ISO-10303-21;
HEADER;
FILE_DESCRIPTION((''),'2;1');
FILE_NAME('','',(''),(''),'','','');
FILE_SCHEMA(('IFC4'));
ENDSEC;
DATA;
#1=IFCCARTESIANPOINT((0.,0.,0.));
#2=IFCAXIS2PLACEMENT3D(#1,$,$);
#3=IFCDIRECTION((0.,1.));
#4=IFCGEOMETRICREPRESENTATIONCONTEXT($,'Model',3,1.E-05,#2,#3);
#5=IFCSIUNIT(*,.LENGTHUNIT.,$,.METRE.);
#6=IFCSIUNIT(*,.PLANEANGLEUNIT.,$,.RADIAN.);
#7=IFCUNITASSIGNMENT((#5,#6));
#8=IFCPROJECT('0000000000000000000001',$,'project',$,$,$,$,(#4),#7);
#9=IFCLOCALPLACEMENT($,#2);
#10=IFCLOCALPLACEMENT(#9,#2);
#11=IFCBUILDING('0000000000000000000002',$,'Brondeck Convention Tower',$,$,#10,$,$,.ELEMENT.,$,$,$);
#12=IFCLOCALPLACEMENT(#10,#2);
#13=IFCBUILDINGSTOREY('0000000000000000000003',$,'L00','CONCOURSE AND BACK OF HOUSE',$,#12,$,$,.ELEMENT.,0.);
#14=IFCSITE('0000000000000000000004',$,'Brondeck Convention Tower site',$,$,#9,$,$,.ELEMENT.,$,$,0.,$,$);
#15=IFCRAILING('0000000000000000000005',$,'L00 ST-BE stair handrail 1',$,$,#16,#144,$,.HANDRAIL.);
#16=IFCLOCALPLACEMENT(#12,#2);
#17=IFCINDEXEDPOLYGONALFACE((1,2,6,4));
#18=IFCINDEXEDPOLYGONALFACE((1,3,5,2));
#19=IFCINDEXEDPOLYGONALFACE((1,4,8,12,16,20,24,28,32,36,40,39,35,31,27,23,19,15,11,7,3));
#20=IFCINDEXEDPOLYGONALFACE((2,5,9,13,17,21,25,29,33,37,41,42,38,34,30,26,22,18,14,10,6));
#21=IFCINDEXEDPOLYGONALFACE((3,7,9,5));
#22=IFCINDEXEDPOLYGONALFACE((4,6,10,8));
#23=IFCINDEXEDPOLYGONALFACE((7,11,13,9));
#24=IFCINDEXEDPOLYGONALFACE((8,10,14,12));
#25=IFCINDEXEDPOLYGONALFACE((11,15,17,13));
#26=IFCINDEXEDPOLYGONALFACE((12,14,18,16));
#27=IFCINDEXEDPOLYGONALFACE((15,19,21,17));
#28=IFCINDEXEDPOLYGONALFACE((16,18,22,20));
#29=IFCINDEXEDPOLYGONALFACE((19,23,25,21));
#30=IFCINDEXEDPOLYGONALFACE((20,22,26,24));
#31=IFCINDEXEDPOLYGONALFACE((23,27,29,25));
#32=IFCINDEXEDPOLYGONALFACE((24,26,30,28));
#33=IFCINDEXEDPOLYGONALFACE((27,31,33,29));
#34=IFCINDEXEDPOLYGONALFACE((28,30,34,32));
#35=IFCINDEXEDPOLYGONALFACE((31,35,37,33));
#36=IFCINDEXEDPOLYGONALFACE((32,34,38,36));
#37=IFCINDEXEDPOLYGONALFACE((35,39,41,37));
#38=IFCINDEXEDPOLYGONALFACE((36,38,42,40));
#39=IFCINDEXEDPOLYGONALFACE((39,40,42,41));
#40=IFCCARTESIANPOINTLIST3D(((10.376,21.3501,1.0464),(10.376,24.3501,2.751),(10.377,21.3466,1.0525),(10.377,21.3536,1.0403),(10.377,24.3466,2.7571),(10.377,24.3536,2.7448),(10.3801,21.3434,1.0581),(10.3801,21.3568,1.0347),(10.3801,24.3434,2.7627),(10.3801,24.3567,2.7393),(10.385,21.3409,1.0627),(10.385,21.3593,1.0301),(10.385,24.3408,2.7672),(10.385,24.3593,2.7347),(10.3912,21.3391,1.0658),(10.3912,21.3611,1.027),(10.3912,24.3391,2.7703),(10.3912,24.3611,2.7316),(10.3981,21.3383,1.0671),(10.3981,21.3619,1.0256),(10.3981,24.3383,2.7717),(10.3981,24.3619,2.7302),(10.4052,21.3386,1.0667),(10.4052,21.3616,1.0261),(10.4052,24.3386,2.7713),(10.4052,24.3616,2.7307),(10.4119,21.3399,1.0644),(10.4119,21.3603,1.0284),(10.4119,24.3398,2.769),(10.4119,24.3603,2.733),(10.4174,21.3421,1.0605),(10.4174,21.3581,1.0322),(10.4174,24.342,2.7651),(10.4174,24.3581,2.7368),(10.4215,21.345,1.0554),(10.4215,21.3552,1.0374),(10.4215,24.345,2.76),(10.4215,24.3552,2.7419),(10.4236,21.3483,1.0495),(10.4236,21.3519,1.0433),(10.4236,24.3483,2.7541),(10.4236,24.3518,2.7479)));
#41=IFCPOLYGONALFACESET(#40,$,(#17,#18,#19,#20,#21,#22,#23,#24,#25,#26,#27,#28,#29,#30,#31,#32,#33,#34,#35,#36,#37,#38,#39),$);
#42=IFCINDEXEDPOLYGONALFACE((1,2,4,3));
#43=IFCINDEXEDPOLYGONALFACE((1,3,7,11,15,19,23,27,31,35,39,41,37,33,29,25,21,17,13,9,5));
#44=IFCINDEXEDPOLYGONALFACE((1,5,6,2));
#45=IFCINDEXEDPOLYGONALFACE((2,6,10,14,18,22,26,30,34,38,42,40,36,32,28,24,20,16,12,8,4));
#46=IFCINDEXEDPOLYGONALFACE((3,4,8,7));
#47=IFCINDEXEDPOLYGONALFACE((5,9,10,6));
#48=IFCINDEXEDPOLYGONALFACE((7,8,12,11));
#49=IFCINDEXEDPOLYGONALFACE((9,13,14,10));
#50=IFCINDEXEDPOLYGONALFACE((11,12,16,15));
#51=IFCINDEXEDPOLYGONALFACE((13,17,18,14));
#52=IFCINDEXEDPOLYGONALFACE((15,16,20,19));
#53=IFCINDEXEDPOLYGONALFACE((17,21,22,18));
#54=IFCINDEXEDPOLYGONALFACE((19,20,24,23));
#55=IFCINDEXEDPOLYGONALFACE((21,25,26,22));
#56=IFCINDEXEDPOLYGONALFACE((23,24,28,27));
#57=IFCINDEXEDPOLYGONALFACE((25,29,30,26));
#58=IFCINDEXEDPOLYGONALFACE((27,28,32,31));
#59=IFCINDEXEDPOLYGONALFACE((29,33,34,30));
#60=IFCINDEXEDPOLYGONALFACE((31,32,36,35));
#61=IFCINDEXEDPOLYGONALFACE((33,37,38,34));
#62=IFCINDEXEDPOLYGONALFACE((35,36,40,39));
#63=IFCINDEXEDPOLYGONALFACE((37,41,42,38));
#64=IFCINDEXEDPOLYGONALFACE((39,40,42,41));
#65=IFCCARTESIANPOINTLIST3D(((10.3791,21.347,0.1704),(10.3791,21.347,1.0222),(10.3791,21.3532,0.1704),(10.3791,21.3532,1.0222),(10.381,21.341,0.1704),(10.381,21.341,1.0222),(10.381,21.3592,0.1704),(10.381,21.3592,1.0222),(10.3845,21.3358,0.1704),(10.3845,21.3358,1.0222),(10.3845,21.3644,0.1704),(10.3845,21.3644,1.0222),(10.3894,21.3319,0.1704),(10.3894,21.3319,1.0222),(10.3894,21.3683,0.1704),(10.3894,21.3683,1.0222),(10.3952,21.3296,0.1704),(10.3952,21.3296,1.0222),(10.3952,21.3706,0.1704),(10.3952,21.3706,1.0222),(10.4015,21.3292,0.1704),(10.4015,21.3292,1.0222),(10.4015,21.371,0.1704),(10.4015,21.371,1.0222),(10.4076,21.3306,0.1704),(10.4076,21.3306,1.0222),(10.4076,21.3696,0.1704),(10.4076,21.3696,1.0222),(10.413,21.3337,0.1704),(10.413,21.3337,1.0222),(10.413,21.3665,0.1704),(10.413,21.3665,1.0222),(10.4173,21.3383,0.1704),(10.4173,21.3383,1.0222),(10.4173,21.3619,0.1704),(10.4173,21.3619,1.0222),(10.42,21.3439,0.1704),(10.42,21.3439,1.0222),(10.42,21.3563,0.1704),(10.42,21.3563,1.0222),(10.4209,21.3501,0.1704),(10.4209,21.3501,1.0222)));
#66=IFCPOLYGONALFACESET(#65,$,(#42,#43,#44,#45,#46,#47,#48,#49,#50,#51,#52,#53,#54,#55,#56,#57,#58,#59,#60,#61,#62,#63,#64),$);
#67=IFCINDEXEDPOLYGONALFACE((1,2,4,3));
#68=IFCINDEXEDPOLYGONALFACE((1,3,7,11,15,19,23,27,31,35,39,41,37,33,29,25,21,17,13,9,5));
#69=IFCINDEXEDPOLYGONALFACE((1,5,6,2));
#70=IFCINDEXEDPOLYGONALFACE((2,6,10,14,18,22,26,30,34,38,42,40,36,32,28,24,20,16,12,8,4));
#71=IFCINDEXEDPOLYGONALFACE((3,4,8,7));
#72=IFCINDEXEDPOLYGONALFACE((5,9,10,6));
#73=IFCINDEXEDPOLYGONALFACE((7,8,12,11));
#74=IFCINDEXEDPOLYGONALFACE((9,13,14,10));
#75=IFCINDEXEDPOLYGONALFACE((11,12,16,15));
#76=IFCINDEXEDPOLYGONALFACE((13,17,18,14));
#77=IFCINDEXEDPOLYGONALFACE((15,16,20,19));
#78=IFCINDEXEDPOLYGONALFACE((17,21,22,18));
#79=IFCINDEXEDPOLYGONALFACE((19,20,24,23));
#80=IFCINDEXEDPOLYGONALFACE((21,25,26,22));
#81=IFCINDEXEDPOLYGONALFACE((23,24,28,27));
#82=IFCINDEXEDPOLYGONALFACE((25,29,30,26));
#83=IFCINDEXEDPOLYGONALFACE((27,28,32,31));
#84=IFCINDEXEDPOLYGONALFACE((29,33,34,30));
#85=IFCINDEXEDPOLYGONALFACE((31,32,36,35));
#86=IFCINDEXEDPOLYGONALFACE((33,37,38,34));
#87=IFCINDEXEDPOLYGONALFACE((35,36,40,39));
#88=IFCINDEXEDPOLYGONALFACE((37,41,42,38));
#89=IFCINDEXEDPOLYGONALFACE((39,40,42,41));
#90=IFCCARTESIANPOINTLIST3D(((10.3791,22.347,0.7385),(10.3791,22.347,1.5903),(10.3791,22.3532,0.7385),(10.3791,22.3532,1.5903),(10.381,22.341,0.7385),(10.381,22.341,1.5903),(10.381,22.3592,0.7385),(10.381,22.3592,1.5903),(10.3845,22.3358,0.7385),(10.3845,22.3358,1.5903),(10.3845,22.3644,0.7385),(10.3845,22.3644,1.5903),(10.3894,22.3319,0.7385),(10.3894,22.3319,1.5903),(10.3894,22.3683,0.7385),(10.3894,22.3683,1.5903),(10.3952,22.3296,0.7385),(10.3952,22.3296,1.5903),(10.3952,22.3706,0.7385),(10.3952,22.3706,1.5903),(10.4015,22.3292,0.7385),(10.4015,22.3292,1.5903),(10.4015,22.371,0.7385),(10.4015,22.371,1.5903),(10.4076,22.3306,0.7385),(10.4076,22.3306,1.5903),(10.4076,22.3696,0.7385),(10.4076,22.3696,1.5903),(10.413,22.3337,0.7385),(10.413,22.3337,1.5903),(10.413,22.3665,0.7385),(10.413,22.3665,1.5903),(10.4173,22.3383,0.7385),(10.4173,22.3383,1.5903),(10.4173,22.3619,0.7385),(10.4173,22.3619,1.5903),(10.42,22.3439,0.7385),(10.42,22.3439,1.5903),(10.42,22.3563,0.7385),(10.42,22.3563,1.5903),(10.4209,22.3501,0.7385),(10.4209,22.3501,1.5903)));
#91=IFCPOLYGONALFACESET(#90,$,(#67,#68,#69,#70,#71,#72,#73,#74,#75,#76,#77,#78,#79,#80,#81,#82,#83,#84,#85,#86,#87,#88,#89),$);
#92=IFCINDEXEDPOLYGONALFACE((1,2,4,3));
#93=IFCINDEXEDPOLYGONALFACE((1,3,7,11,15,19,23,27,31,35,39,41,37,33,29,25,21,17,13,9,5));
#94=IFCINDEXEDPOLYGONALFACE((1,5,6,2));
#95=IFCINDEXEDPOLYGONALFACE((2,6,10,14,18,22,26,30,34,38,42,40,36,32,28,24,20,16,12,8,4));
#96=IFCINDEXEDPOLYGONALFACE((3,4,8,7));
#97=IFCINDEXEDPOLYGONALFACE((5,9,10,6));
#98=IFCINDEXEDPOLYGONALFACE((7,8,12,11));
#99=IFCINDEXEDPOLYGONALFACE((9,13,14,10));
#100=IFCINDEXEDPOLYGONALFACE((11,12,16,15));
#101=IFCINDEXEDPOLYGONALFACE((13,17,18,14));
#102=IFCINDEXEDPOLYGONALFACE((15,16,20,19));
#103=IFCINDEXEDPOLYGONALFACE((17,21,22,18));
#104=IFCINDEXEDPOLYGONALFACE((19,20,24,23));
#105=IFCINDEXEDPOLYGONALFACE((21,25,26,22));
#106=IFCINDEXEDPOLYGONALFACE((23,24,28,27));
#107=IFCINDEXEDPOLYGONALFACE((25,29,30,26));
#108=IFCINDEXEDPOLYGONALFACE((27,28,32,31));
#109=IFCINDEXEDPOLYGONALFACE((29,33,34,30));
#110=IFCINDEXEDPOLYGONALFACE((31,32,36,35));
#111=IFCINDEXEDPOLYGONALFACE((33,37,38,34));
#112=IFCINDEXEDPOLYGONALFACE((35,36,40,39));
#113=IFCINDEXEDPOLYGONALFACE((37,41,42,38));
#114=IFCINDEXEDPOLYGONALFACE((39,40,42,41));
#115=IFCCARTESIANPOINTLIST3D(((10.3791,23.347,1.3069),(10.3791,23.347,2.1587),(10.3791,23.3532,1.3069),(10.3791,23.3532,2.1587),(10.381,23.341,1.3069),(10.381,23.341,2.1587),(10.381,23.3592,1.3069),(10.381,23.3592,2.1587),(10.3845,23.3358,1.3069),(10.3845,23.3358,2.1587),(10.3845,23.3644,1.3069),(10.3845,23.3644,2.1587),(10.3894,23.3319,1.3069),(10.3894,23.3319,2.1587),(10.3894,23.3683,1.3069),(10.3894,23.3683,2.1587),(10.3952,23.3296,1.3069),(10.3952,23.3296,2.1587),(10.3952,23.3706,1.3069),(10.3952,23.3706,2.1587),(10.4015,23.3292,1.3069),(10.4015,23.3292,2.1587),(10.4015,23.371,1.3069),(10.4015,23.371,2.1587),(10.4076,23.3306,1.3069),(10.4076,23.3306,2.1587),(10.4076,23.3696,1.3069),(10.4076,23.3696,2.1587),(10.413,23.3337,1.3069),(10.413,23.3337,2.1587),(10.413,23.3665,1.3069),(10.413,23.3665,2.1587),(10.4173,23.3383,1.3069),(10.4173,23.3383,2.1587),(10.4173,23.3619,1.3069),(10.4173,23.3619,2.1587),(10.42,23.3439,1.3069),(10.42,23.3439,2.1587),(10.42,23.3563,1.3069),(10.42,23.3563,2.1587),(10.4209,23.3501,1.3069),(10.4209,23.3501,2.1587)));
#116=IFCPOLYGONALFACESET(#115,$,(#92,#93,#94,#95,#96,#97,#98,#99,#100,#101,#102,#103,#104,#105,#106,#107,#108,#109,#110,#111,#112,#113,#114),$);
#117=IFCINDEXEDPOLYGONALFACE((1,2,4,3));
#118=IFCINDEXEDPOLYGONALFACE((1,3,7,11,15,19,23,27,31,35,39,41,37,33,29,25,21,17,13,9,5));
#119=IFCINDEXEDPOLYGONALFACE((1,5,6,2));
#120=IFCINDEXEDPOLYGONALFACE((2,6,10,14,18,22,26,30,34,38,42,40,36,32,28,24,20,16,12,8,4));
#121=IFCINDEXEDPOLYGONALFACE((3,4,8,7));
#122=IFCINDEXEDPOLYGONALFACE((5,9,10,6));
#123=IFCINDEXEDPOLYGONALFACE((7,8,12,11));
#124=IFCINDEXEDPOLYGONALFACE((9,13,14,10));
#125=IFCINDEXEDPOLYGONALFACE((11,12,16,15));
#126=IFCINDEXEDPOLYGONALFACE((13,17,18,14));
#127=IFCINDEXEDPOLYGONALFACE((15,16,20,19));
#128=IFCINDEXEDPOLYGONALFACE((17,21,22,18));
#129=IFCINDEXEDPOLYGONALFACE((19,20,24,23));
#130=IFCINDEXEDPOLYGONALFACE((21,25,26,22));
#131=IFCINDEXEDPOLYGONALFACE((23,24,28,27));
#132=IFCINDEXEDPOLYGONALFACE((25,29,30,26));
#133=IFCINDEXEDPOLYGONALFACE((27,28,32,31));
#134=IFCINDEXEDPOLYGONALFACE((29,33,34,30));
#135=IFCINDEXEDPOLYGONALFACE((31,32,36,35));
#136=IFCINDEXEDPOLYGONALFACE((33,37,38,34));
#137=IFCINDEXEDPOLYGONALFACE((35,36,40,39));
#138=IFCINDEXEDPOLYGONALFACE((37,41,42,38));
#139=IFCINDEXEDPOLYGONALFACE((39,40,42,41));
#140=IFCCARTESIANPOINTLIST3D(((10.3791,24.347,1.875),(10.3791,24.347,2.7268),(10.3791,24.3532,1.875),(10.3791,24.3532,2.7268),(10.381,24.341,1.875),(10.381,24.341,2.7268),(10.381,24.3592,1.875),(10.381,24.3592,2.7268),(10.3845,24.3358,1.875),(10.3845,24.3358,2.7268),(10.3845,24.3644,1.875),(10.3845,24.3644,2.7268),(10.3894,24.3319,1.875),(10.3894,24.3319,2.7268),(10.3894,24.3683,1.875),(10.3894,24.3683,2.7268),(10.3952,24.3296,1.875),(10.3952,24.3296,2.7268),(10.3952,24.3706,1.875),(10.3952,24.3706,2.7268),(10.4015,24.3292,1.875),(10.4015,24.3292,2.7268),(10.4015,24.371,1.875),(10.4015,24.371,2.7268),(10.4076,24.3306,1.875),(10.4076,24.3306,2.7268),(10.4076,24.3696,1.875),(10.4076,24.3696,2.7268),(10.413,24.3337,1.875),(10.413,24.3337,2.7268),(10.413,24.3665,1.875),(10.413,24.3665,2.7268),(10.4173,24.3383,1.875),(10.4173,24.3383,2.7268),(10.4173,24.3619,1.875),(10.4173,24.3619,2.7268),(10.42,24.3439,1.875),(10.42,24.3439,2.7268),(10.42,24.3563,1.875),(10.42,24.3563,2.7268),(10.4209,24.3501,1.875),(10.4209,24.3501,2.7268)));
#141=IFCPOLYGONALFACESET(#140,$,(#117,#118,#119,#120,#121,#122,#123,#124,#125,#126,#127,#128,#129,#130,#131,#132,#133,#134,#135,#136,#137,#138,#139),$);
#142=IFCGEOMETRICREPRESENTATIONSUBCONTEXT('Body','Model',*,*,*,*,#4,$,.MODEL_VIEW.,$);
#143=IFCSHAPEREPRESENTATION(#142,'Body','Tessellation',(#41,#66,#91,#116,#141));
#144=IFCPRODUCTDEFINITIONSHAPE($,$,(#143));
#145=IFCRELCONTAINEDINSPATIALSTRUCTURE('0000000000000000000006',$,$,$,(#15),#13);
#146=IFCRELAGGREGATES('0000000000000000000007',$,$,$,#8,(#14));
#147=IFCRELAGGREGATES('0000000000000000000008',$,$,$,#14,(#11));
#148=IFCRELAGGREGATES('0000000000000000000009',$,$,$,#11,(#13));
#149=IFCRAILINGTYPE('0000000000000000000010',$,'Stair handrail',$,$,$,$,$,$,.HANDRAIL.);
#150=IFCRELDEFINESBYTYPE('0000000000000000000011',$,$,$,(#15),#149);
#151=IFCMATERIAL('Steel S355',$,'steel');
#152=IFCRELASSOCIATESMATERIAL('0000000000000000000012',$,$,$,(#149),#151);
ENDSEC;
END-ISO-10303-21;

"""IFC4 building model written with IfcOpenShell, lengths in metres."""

from ifc_helpers import new_model, si_unit, direction, frame, origin, origin_2d, place, context, subcontext, project, spatial, circle, extrude, material, type_object, element, save


model = new_model("IFC4")

# Units and contexts
model_context = context("Model", 3, precision=1e-05, world=origin(), true_north=direction((0.0, 1.0)))
body_context = subcontext(model_context, "Body", "Model", "MODEL_VIEW")
ifc_project = project(units=[si_unit("LENGTHUNIT", "METRE"), si_unit("PLANEANGLEUNIT", "RADIAN")], contexts=[model_context])

# Site, building, storey
site_placement = place(None, origin())
site = spatial("IfcSite", under=ifc_project, at=site_placement, Name="Brondeck Convention Tower site", CompositionType="ELEMENT", RefElevation=0.0)
building_placement = place(site_placement, origin())
building = spatial("IfcBuilding", under=site, at=building_placement, Name="Brondeck Convention Tower", CompositionType="ELEMENT")
storey_placement = place(building_placement, origin())
storey = spatial("IfcBuildingStorey", under=building, at=storey_placement, Name="L00", Description="CONCOURSE AND BACK OF HOUSE", CompositionType="ELEMENT", Elevation=0.0)

# Shared definitions
ifc_material_1 = material(Name="Steel S355", Category="steel")

# Railing
railing_type_1 = type_object("IfcRailingType", Name="Stair handrail", PredefinedType="HANDRAIL", material=ifc_material_1)
for number, where, name in (
    (1, (10.3999, 21.3501, 0.1704), "L00 ST-BE stair handrail 1"),
):
    element("IfcRailing", number, at=place(storey_placement, frame(where)), inside=storey, type_object=railing_type_1, Name=name, PredefinedType="HANDRAIL", context=body_context, shape_type="SweptSolid", body=[
        extrude(circle(Radius=0.0239, at=origin_2d()), frame((0.0, 0.0, 0.876), z_axis=(0.0, 0.869451, 0.494019), x_axis=(-1.0, 0.0, 0.0)), (0.0, 0.0, 1.0), 3.4504),
        extrude(circle(Radius=0.021, at=origin_2d()), origin(), (0.0, 0.0, 1.0), 0.8518),
        extrude(circle(Radius=0.021, at=origin_2d()), frame((0.0, 1.0, 0.5681)), (0.0, 0.0, 1.0), 0.8518),
        extrude(circle(Radius=0.021, at=origin_2d()), frame((0.0, 2.0, 1.1365)), (0.0, 0.0, 1.0), 0.8518),
        extrude(circle(Radius=0.021, at=origin_2d()), frame((0.0, 3.0, 1.7046)), (0.0, 0.0, 1.0), 0.8518),
    ])

save(model, "model.ifc")
